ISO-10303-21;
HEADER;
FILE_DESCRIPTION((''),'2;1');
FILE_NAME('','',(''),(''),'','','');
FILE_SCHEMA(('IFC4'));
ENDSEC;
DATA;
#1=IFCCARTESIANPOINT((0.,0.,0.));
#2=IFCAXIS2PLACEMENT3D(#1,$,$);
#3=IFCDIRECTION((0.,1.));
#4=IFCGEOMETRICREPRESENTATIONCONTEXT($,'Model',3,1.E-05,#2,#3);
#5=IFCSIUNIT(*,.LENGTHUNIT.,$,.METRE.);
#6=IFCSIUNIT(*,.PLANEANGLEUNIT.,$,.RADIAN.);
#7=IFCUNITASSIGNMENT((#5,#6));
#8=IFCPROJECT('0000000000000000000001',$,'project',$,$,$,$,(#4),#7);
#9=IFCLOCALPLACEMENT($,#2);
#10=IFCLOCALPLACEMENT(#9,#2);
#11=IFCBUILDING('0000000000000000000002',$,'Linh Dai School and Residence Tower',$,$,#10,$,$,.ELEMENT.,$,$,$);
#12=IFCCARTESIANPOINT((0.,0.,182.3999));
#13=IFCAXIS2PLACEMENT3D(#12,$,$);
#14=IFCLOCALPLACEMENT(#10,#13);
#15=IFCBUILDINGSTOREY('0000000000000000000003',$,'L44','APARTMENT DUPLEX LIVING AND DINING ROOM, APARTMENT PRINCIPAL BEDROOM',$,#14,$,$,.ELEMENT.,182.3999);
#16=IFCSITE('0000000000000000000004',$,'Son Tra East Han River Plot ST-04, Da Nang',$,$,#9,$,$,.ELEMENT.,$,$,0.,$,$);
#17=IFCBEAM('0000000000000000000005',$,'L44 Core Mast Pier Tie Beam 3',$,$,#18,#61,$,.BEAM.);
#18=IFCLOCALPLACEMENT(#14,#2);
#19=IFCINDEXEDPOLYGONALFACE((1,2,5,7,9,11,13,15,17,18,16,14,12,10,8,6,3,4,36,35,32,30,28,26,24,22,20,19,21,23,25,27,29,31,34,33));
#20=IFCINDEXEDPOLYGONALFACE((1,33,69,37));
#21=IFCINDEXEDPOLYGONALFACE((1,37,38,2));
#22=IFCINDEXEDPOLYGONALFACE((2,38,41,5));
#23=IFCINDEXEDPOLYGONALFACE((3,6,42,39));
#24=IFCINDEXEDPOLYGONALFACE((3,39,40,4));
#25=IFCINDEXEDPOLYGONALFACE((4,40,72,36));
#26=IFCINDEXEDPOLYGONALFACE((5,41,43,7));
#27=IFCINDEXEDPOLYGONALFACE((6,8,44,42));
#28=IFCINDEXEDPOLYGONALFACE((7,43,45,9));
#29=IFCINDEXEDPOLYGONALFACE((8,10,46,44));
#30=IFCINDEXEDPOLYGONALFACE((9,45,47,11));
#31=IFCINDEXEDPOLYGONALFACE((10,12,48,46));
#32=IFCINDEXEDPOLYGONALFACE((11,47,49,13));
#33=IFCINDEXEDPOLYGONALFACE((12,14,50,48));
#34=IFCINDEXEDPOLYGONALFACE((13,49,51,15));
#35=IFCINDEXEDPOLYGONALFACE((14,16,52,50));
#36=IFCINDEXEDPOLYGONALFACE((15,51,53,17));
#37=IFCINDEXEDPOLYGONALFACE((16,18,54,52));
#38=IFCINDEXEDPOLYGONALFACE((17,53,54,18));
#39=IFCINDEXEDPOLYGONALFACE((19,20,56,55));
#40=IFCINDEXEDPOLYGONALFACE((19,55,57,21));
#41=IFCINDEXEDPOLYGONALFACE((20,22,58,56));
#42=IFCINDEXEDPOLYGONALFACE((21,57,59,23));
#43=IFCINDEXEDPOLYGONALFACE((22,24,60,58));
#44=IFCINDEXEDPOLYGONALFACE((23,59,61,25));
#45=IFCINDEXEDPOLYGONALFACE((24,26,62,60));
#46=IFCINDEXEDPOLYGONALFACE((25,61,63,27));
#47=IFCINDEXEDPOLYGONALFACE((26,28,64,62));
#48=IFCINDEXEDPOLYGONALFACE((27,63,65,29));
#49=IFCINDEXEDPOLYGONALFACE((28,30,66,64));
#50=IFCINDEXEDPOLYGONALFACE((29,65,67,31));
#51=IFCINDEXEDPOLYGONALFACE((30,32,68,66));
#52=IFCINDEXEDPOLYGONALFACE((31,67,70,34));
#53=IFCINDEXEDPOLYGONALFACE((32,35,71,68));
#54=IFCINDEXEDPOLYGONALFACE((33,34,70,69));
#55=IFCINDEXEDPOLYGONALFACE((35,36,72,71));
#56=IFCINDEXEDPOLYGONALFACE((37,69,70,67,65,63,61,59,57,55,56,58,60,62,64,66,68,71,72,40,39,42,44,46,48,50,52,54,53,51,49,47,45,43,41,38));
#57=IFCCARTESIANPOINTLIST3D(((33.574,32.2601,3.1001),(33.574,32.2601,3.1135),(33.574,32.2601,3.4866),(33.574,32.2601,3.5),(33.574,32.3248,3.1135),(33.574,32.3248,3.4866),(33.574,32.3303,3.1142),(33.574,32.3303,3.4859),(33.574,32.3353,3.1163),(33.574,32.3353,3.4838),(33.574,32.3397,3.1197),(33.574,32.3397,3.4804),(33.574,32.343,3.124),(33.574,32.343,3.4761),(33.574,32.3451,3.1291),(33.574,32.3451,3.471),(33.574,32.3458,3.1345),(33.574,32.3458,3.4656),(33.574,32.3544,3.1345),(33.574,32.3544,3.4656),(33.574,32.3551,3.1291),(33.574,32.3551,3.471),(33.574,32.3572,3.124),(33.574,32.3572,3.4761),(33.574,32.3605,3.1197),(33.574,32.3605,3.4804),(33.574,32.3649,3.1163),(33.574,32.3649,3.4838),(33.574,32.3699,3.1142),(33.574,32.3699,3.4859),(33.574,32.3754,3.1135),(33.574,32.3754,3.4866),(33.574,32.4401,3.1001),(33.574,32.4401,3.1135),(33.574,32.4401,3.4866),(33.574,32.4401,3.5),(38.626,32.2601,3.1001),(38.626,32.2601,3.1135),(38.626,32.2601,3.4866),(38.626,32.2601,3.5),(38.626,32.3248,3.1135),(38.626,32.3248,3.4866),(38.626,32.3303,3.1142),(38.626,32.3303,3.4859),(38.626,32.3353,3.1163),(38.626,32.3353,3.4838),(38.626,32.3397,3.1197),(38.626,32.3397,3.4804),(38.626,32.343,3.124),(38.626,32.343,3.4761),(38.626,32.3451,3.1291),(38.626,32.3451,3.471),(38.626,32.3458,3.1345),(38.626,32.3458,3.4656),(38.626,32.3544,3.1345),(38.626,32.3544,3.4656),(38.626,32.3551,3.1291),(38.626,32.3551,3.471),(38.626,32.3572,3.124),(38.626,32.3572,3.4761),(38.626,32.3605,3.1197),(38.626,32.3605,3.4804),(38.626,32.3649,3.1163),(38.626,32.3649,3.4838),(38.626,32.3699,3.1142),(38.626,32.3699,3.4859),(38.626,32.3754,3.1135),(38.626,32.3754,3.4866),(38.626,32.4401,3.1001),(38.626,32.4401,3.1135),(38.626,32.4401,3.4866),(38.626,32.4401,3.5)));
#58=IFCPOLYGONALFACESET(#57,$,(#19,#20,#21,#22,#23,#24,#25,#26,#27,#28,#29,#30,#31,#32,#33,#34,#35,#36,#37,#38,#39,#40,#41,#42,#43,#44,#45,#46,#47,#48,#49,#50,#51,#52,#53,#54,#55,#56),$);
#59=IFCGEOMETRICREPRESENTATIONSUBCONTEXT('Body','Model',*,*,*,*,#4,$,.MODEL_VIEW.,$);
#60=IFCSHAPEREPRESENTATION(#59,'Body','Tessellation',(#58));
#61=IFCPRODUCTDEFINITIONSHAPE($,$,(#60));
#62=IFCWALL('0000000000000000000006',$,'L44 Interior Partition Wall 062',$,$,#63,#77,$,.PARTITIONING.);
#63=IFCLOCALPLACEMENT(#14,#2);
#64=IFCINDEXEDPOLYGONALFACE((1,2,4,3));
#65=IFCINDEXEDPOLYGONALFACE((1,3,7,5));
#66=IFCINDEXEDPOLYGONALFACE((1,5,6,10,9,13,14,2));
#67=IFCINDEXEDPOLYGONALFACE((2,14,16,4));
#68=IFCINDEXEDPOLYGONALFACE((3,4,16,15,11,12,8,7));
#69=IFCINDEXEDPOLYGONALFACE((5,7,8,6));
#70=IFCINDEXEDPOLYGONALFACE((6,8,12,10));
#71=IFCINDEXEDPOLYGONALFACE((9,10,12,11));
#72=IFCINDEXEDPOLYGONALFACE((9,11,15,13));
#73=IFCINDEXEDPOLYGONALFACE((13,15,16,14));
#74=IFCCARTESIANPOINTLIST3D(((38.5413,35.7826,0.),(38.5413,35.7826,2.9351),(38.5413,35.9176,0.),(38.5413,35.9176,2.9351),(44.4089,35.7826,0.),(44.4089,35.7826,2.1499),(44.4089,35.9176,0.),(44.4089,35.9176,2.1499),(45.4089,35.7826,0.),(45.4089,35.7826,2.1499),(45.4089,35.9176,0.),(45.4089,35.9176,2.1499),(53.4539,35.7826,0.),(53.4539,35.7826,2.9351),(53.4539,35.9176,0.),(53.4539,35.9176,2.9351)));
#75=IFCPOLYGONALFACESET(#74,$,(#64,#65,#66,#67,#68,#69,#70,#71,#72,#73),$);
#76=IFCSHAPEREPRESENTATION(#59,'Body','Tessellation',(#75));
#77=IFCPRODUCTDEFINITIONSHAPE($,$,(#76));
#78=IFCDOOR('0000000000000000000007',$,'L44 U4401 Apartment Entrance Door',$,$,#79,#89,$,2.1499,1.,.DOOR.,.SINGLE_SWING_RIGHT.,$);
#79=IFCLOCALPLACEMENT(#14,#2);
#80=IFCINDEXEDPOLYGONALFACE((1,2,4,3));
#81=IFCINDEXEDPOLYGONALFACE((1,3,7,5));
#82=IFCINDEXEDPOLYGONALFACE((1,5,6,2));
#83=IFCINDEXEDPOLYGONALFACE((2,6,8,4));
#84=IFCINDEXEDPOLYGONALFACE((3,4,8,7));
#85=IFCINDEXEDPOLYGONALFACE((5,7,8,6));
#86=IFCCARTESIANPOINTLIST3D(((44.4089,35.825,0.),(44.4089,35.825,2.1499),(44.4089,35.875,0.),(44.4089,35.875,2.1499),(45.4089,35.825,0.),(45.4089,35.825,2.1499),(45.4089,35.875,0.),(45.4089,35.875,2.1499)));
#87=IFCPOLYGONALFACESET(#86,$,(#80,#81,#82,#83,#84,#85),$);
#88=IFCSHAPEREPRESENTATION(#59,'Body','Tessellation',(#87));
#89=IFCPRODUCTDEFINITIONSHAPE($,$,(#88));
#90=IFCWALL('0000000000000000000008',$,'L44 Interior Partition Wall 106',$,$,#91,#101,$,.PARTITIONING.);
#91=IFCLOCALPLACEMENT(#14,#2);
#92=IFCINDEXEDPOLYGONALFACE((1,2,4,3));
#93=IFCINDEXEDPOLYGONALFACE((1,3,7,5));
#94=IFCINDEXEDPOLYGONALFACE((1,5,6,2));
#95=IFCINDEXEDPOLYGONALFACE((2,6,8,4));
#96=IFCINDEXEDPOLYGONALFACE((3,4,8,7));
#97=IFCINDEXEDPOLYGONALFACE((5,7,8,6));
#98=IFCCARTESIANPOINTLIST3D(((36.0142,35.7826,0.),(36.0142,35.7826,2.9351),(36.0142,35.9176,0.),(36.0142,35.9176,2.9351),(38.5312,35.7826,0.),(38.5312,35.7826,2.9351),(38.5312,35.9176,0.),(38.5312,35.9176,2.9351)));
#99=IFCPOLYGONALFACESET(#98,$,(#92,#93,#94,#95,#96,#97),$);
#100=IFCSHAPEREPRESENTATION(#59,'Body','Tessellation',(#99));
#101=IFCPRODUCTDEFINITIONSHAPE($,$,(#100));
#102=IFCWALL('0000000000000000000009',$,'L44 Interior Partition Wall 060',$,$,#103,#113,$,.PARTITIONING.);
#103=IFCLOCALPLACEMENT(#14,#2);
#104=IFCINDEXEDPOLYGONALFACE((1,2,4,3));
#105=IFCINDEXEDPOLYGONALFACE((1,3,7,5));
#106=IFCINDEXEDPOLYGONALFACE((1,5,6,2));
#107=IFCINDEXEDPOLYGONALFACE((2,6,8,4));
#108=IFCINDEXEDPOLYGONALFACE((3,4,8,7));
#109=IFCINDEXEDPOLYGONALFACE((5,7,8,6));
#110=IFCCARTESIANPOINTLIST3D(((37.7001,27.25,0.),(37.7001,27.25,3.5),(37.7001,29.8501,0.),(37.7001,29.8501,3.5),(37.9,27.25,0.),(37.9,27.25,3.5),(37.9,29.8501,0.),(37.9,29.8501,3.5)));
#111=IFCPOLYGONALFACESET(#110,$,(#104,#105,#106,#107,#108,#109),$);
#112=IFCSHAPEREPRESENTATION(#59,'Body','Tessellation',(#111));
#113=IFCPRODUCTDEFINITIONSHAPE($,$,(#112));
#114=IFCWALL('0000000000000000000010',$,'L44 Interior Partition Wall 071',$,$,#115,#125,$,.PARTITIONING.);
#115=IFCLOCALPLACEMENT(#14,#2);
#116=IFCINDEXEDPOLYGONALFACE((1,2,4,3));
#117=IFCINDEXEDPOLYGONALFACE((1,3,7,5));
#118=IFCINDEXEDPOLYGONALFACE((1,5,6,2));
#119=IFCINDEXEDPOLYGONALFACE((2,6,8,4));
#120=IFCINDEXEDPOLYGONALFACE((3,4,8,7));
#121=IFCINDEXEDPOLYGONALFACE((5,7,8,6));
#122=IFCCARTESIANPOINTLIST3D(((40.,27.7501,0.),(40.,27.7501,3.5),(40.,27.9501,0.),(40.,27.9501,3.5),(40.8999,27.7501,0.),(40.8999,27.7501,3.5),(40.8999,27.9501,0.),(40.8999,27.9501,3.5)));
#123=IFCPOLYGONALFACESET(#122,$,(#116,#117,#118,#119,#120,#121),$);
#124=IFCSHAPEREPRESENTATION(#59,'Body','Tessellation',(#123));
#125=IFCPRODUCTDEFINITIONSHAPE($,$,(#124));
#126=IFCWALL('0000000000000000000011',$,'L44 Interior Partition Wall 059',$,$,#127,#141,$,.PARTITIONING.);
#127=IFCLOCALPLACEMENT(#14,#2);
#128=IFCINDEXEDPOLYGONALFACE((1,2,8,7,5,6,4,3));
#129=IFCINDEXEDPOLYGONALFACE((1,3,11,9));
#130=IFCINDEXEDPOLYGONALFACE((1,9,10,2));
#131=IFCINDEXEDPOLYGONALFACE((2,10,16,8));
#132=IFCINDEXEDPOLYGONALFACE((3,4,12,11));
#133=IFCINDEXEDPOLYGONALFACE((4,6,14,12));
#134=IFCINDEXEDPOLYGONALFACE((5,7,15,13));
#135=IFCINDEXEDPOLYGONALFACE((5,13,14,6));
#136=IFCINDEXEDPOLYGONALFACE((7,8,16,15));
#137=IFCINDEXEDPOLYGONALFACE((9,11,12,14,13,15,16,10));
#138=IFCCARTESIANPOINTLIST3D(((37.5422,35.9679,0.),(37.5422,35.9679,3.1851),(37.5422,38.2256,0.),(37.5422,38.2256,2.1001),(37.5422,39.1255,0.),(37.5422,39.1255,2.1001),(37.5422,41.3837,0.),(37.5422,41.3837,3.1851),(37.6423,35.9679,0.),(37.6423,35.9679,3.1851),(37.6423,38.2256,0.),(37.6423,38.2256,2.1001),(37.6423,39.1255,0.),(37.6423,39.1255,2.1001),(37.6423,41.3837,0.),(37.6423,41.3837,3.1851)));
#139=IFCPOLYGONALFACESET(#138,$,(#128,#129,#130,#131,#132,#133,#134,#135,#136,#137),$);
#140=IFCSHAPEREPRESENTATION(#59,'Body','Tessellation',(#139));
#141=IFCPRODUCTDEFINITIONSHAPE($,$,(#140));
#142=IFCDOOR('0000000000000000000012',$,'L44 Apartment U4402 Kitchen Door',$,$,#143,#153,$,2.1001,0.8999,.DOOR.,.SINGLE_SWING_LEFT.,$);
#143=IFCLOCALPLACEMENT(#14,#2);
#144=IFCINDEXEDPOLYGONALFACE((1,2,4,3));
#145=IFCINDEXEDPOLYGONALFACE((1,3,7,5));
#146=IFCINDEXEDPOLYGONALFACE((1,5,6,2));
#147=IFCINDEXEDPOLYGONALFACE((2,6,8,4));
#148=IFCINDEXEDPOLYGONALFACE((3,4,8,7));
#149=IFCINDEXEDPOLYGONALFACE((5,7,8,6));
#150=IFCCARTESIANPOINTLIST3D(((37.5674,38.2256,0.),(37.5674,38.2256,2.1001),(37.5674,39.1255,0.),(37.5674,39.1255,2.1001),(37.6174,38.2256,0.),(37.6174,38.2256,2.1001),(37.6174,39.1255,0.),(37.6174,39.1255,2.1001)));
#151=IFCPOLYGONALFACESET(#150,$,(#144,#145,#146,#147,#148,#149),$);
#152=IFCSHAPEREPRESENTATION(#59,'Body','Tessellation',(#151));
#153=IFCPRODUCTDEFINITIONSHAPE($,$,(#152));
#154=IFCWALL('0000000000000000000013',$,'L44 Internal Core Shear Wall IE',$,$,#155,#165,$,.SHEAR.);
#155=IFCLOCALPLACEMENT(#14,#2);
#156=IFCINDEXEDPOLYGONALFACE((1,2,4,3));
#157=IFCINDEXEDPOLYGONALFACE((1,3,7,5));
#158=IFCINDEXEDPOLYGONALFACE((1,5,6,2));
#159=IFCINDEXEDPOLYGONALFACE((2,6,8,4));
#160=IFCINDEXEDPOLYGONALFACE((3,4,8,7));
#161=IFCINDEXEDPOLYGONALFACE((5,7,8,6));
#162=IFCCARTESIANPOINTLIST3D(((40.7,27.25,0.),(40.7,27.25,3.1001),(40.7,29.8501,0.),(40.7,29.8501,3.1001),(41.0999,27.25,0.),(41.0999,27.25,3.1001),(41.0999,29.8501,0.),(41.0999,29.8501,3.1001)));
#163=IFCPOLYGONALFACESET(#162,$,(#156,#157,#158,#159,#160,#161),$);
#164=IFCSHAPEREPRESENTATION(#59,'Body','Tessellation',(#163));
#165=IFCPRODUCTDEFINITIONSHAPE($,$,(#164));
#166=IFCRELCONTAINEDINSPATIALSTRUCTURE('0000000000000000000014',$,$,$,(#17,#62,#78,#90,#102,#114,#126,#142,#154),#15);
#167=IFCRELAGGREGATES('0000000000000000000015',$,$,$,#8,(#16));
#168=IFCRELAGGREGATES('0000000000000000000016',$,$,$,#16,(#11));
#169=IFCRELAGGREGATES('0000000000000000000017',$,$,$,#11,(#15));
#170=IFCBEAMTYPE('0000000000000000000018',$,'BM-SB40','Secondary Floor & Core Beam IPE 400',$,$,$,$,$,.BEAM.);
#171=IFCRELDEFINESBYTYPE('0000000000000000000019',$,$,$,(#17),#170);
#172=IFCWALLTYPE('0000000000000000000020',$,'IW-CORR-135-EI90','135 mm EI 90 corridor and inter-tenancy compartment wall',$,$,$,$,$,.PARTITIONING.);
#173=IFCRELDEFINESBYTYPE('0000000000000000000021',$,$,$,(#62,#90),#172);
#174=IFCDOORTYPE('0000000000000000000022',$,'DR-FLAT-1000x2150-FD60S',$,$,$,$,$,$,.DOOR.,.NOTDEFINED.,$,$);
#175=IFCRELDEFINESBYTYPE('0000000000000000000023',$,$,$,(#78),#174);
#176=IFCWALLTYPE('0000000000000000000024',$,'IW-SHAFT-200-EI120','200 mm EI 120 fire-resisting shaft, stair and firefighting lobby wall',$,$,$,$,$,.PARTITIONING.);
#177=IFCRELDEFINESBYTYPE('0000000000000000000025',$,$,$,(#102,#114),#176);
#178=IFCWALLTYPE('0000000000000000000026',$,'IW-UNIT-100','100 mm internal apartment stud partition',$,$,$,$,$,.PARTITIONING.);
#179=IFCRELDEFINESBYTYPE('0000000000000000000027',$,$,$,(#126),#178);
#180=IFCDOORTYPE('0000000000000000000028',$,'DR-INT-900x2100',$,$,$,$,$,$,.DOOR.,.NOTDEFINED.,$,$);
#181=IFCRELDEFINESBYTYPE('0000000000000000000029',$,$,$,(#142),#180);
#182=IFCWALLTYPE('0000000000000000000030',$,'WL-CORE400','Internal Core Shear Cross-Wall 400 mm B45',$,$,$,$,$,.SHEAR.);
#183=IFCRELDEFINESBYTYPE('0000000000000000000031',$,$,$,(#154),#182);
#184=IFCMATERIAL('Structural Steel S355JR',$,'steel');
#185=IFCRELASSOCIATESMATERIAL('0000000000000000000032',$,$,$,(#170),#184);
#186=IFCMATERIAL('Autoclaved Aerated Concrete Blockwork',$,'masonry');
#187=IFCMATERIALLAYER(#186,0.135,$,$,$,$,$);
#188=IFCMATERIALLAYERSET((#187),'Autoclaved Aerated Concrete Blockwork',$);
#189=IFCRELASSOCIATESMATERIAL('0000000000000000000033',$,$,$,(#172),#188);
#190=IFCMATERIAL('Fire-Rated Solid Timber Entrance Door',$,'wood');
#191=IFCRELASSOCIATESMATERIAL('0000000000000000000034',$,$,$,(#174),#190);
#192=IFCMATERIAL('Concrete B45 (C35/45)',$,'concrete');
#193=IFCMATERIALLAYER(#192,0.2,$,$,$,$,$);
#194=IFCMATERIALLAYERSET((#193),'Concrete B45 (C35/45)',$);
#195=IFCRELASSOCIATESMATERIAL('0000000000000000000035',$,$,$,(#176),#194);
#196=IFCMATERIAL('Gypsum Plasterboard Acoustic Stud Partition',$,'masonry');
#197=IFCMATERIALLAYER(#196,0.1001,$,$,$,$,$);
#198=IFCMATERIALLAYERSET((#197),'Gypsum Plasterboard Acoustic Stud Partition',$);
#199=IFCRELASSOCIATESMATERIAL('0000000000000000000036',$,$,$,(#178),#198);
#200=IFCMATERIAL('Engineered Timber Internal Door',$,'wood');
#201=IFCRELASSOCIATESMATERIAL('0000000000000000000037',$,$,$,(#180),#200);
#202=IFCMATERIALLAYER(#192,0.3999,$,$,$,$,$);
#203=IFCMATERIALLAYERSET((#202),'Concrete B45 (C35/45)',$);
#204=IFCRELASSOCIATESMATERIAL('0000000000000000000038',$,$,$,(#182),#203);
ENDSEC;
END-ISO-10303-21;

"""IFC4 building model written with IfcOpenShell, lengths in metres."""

from ifc_helpers import new_model, si_unit, direction, frame, frame_2d, origin, origin_2d, place, context, subcontext, project, spatial, rectangle, i_section, extrude, source, transform, mapped, material, layer, layer_set, material_profile, profile_set, type_object, element, fill, save


model = new_model("IFC4")

# Units and contexts
model_context = context("Model", 3, precision=1e-05, world=origin(), true_north=direction((0.0, 1.0)))
body_context = subcontext(model_context, "Body", "Model", "MODEL_VIEW")
ifc_project = project(units=[si_unit("LENGTHUNIT", "METRE"), si_unit("PLANEANGLEUNIT", "RADIAN")], contexts=[model_context])

# Site, building, storey
site_placement = place(None, origin())
site = spatial("IfcSite", under=ifc_project, at=site_placement, Name="Son Tra East Han River Plot ST-04, Da Nang", CompositionType="ELEMENT", RefElevation=0.0)
building_placement = place(site_placement, origin())
building = spatial("IfcBuilding", under=site, at=building_placement, Name="Linh Dai School and Residence Tower", CompositionType="ELEMENT")
storey_placement = place(building_placement, frame((0.0, 0.0, 182.3999)))
storey = spatial("IfcBuildingStorey", under=building, at=storey_placement, Name="L44", Description="APARTMENT DUPLEX LIVING AND DINING ROOM, APARTMENT PRINCIPAL BEDROOM", CompositionType="ELEMENT", Elevation=182.3999)

# Shared definitions
ifc_material_1 = material(Name="Structural Steel S355JR", Category="steel")

# Beam
ifc_material_profile_1 = material_profile(ifc_material_1, i_section(OverallWidth=0.1799, OverallDepth=0.3999, WebThickness=0.0085, FlangeThickness=0.0134, FilletRadius=0.021, at=origin_2d()), Name="IPE 400")
ifc_profile_set_1 = profile_set([ifc_material_profile_1], Name="Structural Steel S355JR")
beam_type_1 = type_object("IfcBeamType", Name="BM-SB40", Description="Secondary Floor & Core Beam IPE 400", PredefinedType="BEAM", material=ifc_profile_set_1)
beam_1_placement = place(storey_placement, frame((38.626, 32.3501, 3.3), z_axis=(-1.0, 0.0, 0.0), x_axis=(0.0, -1.0, 0.0)))
element("IfcBeam", 1, at=beam_1_placement, inside=storey, type_object=beam_type_1, Name="L44 Core Mast Pier Tie Beam 3", PredefinedType="BEAM", context=body_context, shape_type="SweptSolid", body=[
    extrude(i_section(OverallWidth=0.1799, OverallDepth=0.3999, WebThickness=0.0085, FlangeThickness=0.0134, FilletRadius=0.021, at=origin_2d()), origin(), (0.0, 0.0, 1.0), 5.052),
])

# Wall, opening, door
ifc_material_2 = material(Name="Autoclaved Aerated Concrete Blockwork", Category="masonry")
ifc_layer_1 = layer(ifc_material_2, 0.135)
ifc_layer_set_1 = layer_set([ifc_layer_1], Name="Autoclaved Aerated Concrete Blockwork")
wall_type_1 = type_object("IfcWallType", Name="IW-CORR-135-EI90", Description="135 mm EI 90 corridor and inter-tenancy compartment wall", PredefinedType="PARTITIONING", material=ifc_layer_set_1)
wall_1_placement = place(storey_placement, frame((38.5413, 35.8501, 0.0), z_axis=(0.0, 0.0, 1.0), x_axis=(1.0, 0.0, 0.0)))
wall_1 = element("IfcWall", 2, at=wall_1_placement, inside=storey, type_object=wall_type_1, Name="L44 Interior Partition Wall 062", PredefinedType="PARTITIONING", context=body_context, shape_type="SweptSolid", body=[
    extrude(rectangle(XDim=14.9126, YDim=0.135, at=frame_2d((7.4563, 0.0))), origin(), (0.0, 0.0, 1.0), 2.9351),
])
opening_1_placement = place(wall_1_placement, frame((5.8677, 0.0, 0.0)))
opening_1 = element("IfcOpeningElement", 3, at=opening_1_placement, cuts=wall_1, PredefinedType="OPENING", context=body_context, shape_type="SweptSolid", body=[
    extrude(rectangle(XDim=1.0, YDim=2.1499, at=origin_2d()), frame((0.5, 0.0776, 1.075), z_axis=(0.0, -1.0, 0.0), x_axis=(1.0, 0.0, 0.0)), (0.0, 0.0, 1.0), 0.155),
])
ifc_material_3 = material(Name="Fire-Rated Solid Timber Entrance Door", Category="wood")
door_type_1 = type_object("IfcDoorType", Name="DR-FLAT-1000x2150-FD60S", OperationType="NOTDEFINED", PredefinedType="DOOR", material=ifc_material_3)
shared_shape_1 = source(origin(), body_context, "Body", "SweptSolid", [
    extrude(rectangle(XDim=1.0, YDim=2.1499, at=origin_2d()), frame((0.5, 0.0249, 1.075), z_axis=(0.0, -1.0, 0.0), x_axis=(1.0, 0.0, 0.0)), (0.0, 0.0, 1.0), 0.05),
])
door_1_placement = place(opening_1_placement, origin())
door_1 = element("IfcDoor", 4, at=door_1_placement, inside=storey, type_object=door_type_1, Name="L44 U4401 Apartment Entrance Door", OperationType="SINGLE_SWING_RIGHT", OverallHeight=2.1499, OverallWidth=1.0, PredefinedType="DOOR", context=body_context, shape_type="MappedRepresentation", body=[
    mapped(shared_shape_1, transform((0.0, 0.0, 0.0), x_axis=(1.0, 0.0, 0.0), y_axis=(0.0, 1.0, 0.0), z_axis=(0.0, 0.0, 1.0), scale=1.0)),
])
fill(opening_1, door_1)

# Walls
wall_2_placement = place(storey_placement, frame((36.0142, 35.8501, 0.0), z_axis=(0.0, 0.0, 1.0), x_axis=(1.0, 0.0, 0.0)))
element("IfcWall", 5, at=wall_2_placement, inside=storey, type_object=wall_type_1, Name="L44 Interior Partition Wall 106", PredefinedType="PARTITIONING", context=body_context, shape_type="SweptSolid", body=[
    extrude(rectangle(XDim=2.5171, YDim=0.135, at=frame_2d((1.2585, 0.0))), origin(), (0.0, 0.0, 1.0), 2.9351),
])
ifc_material_4 = material(Name="Concrete B45 (C35/45)", Category="concrete")
ifc_layer_2 = layer(ifc_material_4, 0.2)
ifc_layer_set_2 = layer_set([ifc_layer_2], Name="Concrete B45 (C35/45)")
wall_type_2 = type_object("IfcWallType", Name="IW-SHAFT-200-EI120", Description="200 mm EI 120 fire-resisting shaft, stair and firefighting lobby wall", PredefinedType="PARTITIONING", material=ifc_layer_set_2)
wall_3_placement = place(storey_placement, frame((37.8, 27.25, 0.0), z_axis=(0.0, 0.0, 1.0), x_axis=(0.0, 1.0, 0.0)))
element("IfcWall", 6, at=wall_3_placement, inside=storey, type_object=wall_type_2, Name="L44 Interior Partition Wall 060", PredefinedType="PARTITIONING", context=body_context, shape_type="SweptSolid", body=[
    extrude(rectangle(XDim=2.6001, YDim=0.2, at=frame_2d((1.3, 0.0))), origin(), (0.0, 0.0, 1.0), 3.5),
])
wall_4_placement = place(storey_placement, frame((40.0, 27.8501, 0.0), z_axis=(0.0, 0.0, 1.0), x_axis=(1.0, 0.0, 0.0)))
element("IfcWall", 7, at=wall_4_placement, inside=storey, type_object=wall_type_2, Name="L44 Interior Partition Wall 071", PredefinedType="PARTITIONING", context=body_context, shape_type="SweptSolid", body=[
    extrude(rectangle(XDim=0.8999, YDim=0.2, at=frame_2d((0.45, 0.0))), origin(), (0.0, 0.0, 1.0), 3.5),
])

# Wall, opening, door
ifc_material_5 = material(Name="Gypsum Plasterboard Acoustic Stud Partition", Category="masonry")
ifc_layer_3 = layer(ifc_material_5, 0.1001)
ifc_layer_set_3 = layer_set([ifc_layer_3], Name="Gypsum Plasterboard Acoustic Stud Partition")
wall_type_3 = type_object("IfcWallType", Name="IW-UNIT-100", Description="100 mm internal apartment stud partition", PredefinedType="PARTITIONING", material=ifc_layer_set_3)
wall_5_placement = place(storey_placement, frame((37.5923, 35.9678, 0.0), z_axis=(0.0, 0.0, 1.0), x_axis=(0.0, 1.0, 0.0)))
wall_5 = element("IfcWall", 8, at=wall_5_placement, inside=storey, type_object=wall_type_3, Name="L44 Interior Partition Wall 059", PredefinedType="PARTITIONING", context=body_context, shape_type="SweptSolid", body=[
    extrude(rectangle(XDim=5.4158, YDim=0.1001, at=frame_2d((2.708, 0.0))), origin(), (0.0, 0.0, 1.0), 3.1851),
])
opening_2_placement = place(wall_5_placement, frame((2.2578, 0.0, 0.0)))
opening_2 = element("IfcOpeningElement", 9, at=opening_2_placement, cuts=wall_5, PredefinedType="OPENING", context=body_context, shape_type="SweptSolid", body=[
    extrude(rectangle(XDim=0.8999, YDim=2.1001, at=origin_2d()), frame((0.45, 0.0601, 1.05), z_axis=(0.0, -1.0, 0.0), x_axis=(1.0, 0.0, 0.0)), (0.0, 0.0, 1.0), 0.1201),
])
ifc_material_6 = material(Name="Engineered Timber Internal Door", Category="wood")
door_type_2 = type_object("IfcDoorType", Name="DR-INT-900x2100", OperationType="NOTDEFINED", PredefinedType="DOOR", material=ifc_material_6)
shared_shape_2 = source(origin(), body_context, "Body", "SweptSolid", [
    extrude(rectangle(XDim=0.8999, YDim=2.1001, at=origin_2d()), frame((0.45, 0.0249, 1.05), z_axis=(0.0, -1.0, 0.0), x_axis=(1.0, 0.0, 0.0)), (0.0, 0.0, 1.0), 0.05),
])
door_2_placement = place(opening_2_placement, origin())
door_2 = element("IfcDoor", 10, at=door_2_placement, inside=storey, type_object=door_type_2, Name="L44 Apartment U4402 Kitchen Door", OperationType="SINGLE_SWING_LEFT", OverallHeight=2.1001, OverallWidth=0.8999, PredefinedType="DOOR", context=body_context, shape_type="MappedRepresentation", body=[
    mapped(shared_shape_2, transform((0.0, 0.0, 0.0), x_axis=(1.0, 0.0, 0.0), y_axis=(0.0, 1.0, 0.0), z_axis=(0.0, 0.0, 1.0), scale=1.0)),
])
fill(opening_2, door_2)

# Wall
ifc_layer_4 = layer(ifc_material_4, 0.3999)
ifc_layer_set_4 = layer_set([ifc_layer_4], Name="Concrete B45 (C35/45)")
wall_type_4 = type_object("IfcWallType", Name="WL-CORE400", Description="Internal Core Shear Cross-Wall 400 mm B45", PredefinedType="SHEAR", material=ifc_layer_set_4)
wall_6_placement = place(storey_placement, frame((40.8999, 27.25, 0.0), z_axis=(0.0, 0.0, 1.0), x_axis=(0.0, 1.0, 0.0)))
element("IfcWall", 11, at=wall_6_placement, inside=storey, type_object=wall_type_4, Name="L44 Internal Core Shear Wall IE", PredefinedType="SHEAR", context=body_context, shape_type="SweptSolid", body=[
    extrude(rectangle(XDim=2.6001, YDim=0.3999, at=frame_2d((1.3, 0.0))), origin(), (0.0, 0.0, 1.0), 3.1001),
])

save(model, "model.ifc")
